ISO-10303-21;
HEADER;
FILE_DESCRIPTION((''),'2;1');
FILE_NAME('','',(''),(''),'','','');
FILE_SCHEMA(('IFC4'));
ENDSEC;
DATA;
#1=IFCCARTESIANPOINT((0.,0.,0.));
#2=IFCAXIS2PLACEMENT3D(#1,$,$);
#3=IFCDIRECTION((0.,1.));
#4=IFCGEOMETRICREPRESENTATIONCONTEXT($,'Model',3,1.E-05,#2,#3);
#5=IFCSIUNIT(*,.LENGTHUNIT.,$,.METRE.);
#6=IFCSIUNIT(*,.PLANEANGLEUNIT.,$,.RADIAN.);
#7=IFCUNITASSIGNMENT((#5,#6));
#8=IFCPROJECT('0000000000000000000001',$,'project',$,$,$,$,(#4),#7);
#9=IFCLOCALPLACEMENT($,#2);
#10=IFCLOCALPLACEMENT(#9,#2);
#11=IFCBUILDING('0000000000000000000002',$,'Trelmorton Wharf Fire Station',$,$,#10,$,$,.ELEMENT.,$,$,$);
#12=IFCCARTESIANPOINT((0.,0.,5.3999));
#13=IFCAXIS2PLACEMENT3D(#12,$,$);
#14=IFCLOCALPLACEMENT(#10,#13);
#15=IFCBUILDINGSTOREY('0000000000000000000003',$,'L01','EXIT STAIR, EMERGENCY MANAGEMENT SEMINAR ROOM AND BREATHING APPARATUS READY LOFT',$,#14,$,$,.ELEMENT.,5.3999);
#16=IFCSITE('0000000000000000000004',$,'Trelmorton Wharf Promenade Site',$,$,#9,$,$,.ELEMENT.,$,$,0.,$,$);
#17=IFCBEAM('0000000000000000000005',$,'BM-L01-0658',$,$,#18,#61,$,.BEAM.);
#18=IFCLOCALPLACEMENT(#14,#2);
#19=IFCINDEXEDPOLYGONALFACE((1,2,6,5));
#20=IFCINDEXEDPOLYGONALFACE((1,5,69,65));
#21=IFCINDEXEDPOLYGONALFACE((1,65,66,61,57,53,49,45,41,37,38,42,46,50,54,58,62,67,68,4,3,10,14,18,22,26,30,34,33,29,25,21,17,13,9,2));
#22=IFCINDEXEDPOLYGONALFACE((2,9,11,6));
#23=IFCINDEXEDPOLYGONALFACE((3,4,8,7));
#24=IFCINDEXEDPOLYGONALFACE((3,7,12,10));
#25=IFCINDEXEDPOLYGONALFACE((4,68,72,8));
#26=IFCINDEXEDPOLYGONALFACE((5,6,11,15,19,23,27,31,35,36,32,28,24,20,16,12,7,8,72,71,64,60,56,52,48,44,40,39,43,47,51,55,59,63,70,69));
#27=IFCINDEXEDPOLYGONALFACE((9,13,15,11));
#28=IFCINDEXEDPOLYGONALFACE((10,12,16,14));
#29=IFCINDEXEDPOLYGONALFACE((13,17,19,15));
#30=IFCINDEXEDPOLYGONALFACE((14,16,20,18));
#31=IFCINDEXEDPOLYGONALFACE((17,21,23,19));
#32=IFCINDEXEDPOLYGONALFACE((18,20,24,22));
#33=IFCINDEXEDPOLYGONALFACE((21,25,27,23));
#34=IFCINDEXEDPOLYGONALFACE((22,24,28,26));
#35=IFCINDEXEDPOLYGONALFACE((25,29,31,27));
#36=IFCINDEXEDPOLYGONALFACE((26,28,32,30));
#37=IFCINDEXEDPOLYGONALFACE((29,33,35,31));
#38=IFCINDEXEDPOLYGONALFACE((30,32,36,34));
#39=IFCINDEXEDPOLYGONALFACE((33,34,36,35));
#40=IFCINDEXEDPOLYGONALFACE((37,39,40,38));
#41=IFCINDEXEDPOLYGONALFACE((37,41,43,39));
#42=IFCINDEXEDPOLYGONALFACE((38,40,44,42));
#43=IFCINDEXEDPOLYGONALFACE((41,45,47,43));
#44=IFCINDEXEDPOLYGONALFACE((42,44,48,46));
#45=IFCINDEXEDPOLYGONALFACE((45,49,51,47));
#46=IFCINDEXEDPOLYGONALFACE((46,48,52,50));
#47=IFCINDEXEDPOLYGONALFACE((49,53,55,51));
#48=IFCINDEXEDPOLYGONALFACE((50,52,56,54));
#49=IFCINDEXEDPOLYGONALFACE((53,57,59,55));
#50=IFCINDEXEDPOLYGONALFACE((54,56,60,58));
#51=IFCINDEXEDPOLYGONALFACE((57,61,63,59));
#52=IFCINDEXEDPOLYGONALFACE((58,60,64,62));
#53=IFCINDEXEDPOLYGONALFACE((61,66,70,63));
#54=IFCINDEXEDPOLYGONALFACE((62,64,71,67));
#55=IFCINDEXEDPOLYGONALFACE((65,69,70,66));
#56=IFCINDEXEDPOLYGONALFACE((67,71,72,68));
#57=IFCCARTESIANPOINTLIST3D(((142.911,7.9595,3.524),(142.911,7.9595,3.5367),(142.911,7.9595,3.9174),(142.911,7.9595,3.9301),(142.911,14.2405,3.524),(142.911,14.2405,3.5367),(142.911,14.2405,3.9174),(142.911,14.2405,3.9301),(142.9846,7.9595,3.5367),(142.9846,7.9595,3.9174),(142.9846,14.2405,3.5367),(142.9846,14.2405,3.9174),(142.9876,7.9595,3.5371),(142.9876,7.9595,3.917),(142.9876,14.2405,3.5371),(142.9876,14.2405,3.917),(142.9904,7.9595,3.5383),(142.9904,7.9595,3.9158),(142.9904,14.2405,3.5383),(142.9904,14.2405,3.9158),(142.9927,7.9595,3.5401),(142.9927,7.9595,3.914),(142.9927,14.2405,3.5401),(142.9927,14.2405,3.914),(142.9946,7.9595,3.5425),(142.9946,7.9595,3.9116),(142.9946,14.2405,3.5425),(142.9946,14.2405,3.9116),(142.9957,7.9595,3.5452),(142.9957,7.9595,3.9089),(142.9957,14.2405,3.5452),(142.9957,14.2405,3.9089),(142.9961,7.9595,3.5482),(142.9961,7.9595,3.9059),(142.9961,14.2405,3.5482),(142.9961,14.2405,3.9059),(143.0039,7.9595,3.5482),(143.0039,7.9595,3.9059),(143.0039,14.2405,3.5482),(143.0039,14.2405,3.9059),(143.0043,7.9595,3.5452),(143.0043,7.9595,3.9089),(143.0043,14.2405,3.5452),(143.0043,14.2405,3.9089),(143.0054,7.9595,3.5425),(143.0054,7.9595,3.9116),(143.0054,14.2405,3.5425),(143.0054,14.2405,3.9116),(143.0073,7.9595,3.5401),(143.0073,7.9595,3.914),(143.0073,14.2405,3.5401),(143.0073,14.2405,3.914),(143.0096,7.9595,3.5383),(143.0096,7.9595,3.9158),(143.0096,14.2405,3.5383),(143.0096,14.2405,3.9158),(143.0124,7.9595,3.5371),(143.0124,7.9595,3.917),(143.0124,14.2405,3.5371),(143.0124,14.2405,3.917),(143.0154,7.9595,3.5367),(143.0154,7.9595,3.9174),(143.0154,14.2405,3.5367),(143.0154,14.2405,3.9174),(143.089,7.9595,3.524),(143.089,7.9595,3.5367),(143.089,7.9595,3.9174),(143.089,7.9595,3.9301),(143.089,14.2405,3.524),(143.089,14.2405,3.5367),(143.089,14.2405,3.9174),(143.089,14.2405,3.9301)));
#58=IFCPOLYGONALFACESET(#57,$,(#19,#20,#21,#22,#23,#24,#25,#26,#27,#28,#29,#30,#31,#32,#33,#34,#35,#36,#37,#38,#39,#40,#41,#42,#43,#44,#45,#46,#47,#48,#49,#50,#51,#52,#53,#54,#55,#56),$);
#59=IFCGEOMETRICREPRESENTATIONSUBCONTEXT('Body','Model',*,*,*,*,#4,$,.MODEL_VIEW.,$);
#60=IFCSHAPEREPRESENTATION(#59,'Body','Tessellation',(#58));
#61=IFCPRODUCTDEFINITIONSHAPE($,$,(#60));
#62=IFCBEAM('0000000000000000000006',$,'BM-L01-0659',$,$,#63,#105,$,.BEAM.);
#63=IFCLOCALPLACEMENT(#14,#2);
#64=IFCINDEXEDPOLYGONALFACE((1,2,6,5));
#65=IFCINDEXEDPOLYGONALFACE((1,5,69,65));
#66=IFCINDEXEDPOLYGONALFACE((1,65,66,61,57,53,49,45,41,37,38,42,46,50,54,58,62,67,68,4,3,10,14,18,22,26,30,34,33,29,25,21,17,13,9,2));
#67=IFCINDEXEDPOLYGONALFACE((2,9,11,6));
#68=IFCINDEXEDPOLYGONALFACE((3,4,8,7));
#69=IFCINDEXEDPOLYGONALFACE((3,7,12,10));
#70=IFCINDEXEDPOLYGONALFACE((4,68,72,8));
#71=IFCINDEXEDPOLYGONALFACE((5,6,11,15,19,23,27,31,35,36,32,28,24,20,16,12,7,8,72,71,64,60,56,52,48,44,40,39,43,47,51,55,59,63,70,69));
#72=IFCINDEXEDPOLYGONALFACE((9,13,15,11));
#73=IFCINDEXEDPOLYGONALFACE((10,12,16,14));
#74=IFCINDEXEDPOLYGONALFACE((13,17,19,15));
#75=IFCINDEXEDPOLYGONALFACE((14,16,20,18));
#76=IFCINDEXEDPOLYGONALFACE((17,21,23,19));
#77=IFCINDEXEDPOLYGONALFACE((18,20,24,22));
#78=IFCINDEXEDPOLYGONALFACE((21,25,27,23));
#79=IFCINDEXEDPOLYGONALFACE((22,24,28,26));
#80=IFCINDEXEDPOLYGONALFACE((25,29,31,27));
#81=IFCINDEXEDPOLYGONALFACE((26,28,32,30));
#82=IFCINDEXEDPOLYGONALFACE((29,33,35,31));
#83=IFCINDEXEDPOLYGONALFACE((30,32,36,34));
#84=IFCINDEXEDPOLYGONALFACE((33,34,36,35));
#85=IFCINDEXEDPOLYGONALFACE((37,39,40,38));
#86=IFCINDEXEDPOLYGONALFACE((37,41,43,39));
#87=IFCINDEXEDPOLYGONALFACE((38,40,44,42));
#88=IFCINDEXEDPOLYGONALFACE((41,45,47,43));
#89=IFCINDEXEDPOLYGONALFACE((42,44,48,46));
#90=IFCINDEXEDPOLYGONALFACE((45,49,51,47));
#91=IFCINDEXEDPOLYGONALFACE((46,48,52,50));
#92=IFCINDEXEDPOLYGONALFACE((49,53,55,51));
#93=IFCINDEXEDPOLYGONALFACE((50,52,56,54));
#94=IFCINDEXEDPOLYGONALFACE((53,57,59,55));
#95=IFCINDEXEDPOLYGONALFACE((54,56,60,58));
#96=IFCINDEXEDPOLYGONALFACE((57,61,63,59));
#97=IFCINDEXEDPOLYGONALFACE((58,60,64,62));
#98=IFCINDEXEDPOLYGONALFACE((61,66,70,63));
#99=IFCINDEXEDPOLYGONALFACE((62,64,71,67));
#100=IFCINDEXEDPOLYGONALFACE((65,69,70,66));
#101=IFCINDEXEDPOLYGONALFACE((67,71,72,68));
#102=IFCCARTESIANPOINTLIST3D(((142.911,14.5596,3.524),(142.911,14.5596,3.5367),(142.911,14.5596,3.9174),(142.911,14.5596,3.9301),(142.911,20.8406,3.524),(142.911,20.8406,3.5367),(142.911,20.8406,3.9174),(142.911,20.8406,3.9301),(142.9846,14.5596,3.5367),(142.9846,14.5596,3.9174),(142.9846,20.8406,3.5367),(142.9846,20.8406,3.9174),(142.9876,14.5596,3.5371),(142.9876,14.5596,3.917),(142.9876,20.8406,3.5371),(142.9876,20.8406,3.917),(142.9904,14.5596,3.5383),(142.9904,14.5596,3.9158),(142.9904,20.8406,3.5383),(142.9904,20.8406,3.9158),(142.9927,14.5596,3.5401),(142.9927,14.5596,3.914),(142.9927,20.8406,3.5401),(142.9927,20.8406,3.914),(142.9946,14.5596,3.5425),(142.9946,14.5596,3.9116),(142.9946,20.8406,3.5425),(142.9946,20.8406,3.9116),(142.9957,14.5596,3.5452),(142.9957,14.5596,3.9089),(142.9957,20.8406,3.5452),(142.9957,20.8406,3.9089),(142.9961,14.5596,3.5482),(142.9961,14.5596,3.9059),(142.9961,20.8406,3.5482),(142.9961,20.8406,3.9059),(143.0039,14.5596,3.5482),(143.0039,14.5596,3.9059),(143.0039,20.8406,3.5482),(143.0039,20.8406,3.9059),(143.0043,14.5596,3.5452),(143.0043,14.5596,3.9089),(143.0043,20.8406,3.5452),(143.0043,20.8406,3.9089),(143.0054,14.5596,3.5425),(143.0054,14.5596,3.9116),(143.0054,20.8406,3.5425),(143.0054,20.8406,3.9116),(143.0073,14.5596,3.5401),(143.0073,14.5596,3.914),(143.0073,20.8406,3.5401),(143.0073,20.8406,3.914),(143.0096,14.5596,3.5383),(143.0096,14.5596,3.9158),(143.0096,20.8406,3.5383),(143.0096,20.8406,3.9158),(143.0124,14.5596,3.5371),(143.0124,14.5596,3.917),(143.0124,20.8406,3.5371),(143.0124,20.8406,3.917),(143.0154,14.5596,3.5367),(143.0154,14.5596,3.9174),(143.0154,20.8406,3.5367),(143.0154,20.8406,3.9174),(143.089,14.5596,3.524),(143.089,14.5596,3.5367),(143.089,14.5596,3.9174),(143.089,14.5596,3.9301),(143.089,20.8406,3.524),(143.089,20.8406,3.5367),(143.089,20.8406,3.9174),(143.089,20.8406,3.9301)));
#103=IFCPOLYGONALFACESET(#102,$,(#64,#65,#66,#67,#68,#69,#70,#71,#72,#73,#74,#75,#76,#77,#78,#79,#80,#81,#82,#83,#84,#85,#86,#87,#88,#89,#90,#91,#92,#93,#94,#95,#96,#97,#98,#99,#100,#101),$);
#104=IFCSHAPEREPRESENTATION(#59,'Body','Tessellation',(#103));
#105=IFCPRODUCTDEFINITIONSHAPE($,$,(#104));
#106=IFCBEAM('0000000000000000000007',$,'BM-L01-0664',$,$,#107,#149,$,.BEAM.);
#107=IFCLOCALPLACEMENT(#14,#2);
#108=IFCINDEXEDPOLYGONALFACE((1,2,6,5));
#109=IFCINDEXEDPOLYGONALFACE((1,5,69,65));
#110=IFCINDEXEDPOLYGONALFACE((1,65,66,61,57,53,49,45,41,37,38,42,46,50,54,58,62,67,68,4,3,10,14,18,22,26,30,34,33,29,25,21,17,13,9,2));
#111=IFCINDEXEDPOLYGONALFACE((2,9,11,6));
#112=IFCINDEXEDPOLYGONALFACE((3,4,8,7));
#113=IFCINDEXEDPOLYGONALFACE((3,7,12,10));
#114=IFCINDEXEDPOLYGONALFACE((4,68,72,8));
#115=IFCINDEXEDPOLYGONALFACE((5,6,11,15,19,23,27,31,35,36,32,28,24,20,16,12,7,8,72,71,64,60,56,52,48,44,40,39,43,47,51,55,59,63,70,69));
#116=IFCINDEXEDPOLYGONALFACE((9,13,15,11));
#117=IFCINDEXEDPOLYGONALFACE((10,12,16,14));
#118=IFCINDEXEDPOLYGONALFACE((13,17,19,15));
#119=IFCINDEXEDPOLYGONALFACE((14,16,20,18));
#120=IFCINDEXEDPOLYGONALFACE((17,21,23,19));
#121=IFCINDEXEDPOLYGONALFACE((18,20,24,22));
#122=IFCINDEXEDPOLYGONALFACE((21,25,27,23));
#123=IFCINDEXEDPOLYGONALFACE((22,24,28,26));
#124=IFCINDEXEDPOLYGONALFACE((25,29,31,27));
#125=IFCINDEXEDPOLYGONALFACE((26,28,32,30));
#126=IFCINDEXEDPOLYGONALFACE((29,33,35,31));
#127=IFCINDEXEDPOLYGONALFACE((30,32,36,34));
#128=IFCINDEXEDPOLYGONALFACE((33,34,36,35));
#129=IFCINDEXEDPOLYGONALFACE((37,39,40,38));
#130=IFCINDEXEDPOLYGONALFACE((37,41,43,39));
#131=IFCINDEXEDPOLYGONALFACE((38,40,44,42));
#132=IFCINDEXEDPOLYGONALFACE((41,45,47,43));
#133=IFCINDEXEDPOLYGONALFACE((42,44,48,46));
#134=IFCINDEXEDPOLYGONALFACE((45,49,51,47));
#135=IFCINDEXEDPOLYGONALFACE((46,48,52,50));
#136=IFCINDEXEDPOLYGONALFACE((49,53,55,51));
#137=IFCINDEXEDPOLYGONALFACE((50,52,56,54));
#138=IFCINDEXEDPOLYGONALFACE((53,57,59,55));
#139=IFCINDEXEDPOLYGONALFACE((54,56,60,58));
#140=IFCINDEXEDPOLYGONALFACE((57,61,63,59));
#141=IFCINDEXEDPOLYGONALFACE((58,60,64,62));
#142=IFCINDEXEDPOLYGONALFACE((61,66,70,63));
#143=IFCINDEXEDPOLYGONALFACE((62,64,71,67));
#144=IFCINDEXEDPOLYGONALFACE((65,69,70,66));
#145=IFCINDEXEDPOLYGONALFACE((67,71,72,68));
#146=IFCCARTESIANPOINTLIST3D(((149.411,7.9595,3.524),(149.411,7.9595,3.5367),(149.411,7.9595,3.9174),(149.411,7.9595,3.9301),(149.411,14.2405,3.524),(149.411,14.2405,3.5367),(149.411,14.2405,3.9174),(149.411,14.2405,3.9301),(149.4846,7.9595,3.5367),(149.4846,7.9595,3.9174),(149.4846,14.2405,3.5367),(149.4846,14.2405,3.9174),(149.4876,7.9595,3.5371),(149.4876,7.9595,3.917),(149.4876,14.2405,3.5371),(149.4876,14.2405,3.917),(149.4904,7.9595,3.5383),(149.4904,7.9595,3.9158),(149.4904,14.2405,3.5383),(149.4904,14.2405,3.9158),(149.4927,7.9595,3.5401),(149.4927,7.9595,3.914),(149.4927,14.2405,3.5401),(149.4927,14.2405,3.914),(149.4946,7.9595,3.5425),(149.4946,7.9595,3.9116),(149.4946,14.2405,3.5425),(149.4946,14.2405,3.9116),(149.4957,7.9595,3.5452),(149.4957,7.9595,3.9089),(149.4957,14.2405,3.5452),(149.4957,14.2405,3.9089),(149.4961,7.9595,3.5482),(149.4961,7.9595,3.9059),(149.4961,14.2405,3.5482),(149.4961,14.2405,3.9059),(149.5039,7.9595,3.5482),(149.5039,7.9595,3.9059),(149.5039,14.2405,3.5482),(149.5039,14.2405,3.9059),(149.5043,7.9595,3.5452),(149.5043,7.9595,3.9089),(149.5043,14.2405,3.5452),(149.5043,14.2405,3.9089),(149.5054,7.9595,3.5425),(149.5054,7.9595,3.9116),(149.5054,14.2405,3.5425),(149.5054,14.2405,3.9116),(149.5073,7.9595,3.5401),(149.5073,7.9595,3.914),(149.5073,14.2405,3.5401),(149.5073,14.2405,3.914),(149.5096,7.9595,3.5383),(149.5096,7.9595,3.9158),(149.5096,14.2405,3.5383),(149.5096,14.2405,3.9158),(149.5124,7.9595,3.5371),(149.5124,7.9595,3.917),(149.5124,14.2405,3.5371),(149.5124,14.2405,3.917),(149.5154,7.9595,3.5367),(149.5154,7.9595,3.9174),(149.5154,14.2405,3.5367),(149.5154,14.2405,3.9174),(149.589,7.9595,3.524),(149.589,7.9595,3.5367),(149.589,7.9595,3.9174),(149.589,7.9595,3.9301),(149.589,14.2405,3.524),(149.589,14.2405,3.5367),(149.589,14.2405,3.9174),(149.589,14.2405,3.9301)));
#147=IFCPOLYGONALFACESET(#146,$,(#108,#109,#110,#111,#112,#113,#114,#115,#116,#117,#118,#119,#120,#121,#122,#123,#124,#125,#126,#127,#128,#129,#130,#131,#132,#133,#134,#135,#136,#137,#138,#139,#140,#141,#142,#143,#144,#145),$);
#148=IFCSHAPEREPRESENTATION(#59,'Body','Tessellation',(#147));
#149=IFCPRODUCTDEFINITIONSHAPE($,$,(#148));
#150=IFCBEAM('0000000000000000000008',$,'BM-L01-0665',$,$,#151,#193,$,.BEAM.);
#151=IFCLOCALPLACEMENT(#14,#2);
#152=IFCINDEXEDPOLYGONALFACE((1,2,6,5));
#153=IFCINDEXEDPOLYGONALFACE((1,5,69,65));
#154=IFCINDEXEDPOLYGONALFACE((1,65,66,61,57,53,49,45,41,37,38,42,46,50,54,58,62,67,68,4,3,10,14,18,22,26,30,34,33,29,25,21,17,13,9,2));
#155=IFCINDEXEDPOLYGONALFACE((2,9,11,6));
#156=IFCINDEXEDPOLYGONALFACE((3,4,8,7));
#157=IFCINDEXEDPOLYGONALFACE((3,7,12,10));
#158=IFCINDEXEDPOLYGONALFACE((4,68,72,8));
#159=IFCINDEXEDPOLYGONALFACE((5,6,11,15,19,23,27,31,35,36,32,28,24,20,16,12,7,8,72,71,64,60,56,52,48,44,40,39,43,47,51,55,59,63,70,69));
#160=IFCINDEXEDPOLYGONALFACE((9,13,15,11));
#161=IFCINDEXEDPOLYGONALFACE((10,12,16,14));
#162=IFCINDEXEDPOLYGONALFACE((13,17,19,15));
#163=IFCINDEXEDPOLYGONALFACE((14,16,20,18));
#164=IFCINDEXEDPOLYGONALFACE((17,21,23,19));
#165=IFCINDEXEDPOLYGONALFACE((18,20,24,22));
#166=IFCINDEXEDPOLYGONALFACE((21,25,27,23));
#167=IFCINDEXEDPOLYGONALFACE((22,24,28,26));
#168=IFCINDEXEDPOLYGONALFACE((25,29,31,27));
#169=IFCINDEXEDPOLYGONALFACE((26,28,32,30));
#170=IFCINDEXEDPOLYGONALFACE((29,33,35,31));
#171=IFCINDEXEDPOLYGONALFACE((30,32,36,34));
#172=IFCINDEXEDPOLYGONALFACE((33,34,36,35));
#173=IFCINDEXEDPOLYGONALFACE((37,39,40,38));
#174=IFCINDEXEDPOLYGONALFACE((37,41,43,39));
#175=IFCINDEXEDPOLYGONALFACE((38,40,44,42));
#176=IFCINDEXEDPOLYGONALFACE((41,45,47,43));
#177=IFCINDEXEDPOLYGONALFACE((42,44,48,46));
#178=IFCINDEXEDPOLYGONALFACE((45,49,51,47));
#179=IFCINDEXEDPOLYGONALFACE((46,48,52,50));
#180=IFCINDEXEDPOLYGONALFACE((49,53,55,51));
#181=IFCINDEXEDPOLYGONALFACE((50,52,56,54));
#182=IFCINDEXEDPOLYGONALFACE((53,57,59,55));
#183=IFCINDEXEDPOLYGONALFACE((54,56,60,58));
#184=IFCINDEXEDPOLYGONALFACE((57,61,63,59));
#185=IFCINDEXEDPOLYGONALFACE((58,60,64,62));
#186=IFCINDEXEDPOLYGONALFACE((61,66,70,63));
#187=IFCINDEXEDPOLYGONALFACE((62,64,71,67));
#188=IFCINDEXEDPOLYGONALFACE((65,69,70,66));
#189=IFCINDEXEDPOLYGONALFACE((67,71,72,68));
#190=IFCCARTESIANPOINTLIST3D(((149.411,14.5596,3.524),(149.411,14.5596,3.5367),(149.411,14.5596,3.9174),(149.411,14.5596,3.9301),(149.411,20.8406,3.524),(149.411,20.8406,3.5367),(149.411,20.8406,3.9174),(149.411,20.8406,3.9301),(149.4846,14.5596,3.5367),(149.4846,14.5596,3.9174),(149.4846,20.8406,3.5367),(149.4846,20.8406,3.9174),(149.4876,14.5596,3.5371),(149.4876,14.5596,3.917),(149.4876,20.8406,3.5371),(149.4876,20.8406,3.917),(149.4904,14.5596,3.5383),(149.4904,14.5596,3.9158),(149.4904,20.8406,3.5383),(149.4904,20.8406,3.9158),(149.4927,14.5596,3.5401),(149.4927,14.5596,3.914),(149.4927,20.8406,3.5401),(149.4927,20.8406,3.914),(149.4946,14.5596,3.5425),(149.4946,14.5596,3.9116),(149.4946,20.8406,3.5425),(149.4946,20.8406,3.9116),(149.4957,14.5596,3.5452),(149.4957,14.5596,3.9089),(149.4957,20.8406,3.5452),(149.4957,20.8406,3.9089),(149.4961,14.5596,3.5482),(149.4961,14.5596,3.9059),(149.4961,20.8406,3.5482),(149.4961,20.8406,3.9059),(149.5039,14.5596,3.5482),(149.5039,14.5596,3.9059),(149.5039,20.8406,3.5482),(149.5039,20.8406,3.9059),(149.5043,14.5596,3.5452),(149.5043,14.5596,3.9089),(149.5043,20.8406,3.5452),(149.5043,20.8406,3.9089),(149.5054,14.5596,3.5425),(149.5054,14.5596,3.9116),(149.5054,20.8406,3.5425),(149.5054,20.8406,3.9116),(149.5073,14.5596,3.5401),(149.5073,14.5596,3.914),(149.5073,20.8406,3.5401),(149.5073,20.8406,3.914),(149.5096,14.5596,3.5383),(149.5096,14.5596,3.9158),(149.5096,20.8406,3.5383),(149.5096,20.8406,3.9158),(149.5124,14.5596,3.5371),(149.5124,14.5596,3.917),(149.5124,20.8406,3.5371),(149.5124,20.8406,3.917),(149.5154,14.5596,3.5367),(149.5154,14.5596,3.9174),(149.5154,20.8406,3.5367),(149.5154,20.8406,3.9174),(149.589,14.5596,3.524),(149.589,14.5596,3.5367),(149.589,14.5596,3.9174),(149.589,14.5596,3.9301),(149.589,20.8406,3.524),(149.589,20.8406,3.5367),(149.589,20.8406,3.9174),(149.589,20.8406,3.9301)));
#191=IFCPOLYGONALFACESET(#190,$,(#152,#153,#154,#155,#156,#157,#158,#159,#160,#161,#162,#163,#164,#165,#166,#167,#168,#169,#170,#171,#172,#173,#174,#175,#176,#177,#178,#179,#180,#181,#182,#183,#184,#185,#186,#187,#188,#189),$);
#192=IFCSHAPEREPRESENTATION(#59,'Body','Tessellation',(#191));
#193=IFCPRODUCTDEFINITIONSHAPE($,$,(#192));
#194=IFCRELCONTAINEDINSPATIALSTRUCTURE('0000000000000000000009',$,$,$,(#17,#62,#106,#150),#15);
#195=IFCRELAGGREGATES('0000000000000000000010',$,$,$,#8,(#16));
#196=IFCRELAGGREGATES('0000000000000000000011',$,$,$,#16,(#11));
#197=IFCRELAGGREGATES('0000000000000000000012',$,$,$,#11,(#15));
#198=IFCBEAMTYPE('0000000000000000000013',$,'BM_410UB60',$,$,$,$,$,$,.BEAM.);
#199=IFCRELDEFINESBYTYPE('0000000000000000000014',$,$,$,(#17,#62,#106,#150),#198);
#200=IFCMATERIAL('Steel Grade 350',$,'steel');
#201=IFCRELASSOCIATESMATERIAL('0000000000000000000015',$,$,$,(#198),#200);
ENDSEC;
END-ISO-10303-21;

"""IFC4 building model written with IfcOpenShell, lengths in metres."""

from ifc_helpers import new_model, si_unit, direction, frame, origin, origin_2d, place, context, subcontext, project, spatial, i_section, extrude, material, material_profile, profile_set, type_object, element, save


model = new_model("IFC4")

# Units and contexts
model_context = context("Model", 3, precision=1e-05, world=origin(), true_north=direction((0.0, 1.0)))
body_context = subcontext(model_context, "Body", "Model", "MODEL_VIEW")
ifc_project = project(units=[si_unit("LENGTHUNIT", "METRE"), si_unit("PLANEANGLEUNIT", "RADIAN")], contexts=[model_context])

# Site, building, storey
site_placement = place(None, origin())
site = spatial("IfcSite", under=ifc_project, at=site_placement, Name="Trelmorton Wharf Promenade Site", CompositionType="ELEMENT", RefElevation=0.0)
building_placement = place(site_placement, origin())
building = spatial("IfcBuilding", under=site, at=building_placement, Name="Trelmorton Wharf Fire Station", CompositionType="ELEMENT")
storey_placement = place(building_placement, frame((0.0, 0.0, 5.3999)))
storey = spatial("IfcBuildingStorey", under=building, at=storey_placement, Name="L01", Description="EXIT STAIR, EMERGENCY MANAGEMENT SEMINAR ROOM AND BREATHING APPARATUS READY LOFT", CompositionType="ELEMENT", Elevation=5.3999)

# Shared definitions
ifc_material_1 = material(Name="Steel Grade 350", Category="steel")

# Beams
ifc_material_profile_1 = material_profile(ifc_material_1, i_section(OverallWidth=0.178, OverallDepth=0.406, WebThickness=0.0078, FlangeThickness=0.0127, FilletRadius=0.0115, at=origin_2d()), Name="410UB59.7")
ifc_profile_set_1 = profile_set([ifc_material_profile_1], Name="Steel Grade 350")
beam_type_1 = type_object("IfcBeamType", Name="BM_410UB60", PredefinedType="BEAM", material=ifc_profile_set_1)
for number, where, z_axis, x_axis, name in (
    (1, (143.0, 7.9595, 3.7271), (0.0, 1.0, 0.0), (-1.0, 0.0, 0.0), "BM-L01-0658"),
    (2, (143.0, 14.5596, 3.7271), (0.0, 1.0, 0.0), (-1.0, 0.0, 0.0), "BM-L01-0659"),
    (3, (149.5, 7.9595, 3.7271), (0.0, 1.0, 0.0), (-1.0, 0.0, 0.0), "BM-L01-0664"),
    (4, (149.5, 14.5596, 3.7271), (0.0, 1.0, 0.0), (-1.0, 0.0, 0.0), "BM-L01-0665"),
):
    element("IfcBeam", number, at=place(storey_placement, frame(where, z_axis=z_axis, x_axis=x_axis)), inside=storey, type_object=beam_type_1, Name=name, PredefinedType="BEAM", context=body_context, shape_type="SweptSolid", body=[
        extrude(i_section(OverallWidth=0.178, OverallDepth=0.406, WebThickness=0.0078, FlangeThickness=0.0127, FilletRadius=0.0115, at=origin_2d()), origin(), (0.0, 0.0, 1.0), 6.281),
    ])

save(model, "model.ifc")
